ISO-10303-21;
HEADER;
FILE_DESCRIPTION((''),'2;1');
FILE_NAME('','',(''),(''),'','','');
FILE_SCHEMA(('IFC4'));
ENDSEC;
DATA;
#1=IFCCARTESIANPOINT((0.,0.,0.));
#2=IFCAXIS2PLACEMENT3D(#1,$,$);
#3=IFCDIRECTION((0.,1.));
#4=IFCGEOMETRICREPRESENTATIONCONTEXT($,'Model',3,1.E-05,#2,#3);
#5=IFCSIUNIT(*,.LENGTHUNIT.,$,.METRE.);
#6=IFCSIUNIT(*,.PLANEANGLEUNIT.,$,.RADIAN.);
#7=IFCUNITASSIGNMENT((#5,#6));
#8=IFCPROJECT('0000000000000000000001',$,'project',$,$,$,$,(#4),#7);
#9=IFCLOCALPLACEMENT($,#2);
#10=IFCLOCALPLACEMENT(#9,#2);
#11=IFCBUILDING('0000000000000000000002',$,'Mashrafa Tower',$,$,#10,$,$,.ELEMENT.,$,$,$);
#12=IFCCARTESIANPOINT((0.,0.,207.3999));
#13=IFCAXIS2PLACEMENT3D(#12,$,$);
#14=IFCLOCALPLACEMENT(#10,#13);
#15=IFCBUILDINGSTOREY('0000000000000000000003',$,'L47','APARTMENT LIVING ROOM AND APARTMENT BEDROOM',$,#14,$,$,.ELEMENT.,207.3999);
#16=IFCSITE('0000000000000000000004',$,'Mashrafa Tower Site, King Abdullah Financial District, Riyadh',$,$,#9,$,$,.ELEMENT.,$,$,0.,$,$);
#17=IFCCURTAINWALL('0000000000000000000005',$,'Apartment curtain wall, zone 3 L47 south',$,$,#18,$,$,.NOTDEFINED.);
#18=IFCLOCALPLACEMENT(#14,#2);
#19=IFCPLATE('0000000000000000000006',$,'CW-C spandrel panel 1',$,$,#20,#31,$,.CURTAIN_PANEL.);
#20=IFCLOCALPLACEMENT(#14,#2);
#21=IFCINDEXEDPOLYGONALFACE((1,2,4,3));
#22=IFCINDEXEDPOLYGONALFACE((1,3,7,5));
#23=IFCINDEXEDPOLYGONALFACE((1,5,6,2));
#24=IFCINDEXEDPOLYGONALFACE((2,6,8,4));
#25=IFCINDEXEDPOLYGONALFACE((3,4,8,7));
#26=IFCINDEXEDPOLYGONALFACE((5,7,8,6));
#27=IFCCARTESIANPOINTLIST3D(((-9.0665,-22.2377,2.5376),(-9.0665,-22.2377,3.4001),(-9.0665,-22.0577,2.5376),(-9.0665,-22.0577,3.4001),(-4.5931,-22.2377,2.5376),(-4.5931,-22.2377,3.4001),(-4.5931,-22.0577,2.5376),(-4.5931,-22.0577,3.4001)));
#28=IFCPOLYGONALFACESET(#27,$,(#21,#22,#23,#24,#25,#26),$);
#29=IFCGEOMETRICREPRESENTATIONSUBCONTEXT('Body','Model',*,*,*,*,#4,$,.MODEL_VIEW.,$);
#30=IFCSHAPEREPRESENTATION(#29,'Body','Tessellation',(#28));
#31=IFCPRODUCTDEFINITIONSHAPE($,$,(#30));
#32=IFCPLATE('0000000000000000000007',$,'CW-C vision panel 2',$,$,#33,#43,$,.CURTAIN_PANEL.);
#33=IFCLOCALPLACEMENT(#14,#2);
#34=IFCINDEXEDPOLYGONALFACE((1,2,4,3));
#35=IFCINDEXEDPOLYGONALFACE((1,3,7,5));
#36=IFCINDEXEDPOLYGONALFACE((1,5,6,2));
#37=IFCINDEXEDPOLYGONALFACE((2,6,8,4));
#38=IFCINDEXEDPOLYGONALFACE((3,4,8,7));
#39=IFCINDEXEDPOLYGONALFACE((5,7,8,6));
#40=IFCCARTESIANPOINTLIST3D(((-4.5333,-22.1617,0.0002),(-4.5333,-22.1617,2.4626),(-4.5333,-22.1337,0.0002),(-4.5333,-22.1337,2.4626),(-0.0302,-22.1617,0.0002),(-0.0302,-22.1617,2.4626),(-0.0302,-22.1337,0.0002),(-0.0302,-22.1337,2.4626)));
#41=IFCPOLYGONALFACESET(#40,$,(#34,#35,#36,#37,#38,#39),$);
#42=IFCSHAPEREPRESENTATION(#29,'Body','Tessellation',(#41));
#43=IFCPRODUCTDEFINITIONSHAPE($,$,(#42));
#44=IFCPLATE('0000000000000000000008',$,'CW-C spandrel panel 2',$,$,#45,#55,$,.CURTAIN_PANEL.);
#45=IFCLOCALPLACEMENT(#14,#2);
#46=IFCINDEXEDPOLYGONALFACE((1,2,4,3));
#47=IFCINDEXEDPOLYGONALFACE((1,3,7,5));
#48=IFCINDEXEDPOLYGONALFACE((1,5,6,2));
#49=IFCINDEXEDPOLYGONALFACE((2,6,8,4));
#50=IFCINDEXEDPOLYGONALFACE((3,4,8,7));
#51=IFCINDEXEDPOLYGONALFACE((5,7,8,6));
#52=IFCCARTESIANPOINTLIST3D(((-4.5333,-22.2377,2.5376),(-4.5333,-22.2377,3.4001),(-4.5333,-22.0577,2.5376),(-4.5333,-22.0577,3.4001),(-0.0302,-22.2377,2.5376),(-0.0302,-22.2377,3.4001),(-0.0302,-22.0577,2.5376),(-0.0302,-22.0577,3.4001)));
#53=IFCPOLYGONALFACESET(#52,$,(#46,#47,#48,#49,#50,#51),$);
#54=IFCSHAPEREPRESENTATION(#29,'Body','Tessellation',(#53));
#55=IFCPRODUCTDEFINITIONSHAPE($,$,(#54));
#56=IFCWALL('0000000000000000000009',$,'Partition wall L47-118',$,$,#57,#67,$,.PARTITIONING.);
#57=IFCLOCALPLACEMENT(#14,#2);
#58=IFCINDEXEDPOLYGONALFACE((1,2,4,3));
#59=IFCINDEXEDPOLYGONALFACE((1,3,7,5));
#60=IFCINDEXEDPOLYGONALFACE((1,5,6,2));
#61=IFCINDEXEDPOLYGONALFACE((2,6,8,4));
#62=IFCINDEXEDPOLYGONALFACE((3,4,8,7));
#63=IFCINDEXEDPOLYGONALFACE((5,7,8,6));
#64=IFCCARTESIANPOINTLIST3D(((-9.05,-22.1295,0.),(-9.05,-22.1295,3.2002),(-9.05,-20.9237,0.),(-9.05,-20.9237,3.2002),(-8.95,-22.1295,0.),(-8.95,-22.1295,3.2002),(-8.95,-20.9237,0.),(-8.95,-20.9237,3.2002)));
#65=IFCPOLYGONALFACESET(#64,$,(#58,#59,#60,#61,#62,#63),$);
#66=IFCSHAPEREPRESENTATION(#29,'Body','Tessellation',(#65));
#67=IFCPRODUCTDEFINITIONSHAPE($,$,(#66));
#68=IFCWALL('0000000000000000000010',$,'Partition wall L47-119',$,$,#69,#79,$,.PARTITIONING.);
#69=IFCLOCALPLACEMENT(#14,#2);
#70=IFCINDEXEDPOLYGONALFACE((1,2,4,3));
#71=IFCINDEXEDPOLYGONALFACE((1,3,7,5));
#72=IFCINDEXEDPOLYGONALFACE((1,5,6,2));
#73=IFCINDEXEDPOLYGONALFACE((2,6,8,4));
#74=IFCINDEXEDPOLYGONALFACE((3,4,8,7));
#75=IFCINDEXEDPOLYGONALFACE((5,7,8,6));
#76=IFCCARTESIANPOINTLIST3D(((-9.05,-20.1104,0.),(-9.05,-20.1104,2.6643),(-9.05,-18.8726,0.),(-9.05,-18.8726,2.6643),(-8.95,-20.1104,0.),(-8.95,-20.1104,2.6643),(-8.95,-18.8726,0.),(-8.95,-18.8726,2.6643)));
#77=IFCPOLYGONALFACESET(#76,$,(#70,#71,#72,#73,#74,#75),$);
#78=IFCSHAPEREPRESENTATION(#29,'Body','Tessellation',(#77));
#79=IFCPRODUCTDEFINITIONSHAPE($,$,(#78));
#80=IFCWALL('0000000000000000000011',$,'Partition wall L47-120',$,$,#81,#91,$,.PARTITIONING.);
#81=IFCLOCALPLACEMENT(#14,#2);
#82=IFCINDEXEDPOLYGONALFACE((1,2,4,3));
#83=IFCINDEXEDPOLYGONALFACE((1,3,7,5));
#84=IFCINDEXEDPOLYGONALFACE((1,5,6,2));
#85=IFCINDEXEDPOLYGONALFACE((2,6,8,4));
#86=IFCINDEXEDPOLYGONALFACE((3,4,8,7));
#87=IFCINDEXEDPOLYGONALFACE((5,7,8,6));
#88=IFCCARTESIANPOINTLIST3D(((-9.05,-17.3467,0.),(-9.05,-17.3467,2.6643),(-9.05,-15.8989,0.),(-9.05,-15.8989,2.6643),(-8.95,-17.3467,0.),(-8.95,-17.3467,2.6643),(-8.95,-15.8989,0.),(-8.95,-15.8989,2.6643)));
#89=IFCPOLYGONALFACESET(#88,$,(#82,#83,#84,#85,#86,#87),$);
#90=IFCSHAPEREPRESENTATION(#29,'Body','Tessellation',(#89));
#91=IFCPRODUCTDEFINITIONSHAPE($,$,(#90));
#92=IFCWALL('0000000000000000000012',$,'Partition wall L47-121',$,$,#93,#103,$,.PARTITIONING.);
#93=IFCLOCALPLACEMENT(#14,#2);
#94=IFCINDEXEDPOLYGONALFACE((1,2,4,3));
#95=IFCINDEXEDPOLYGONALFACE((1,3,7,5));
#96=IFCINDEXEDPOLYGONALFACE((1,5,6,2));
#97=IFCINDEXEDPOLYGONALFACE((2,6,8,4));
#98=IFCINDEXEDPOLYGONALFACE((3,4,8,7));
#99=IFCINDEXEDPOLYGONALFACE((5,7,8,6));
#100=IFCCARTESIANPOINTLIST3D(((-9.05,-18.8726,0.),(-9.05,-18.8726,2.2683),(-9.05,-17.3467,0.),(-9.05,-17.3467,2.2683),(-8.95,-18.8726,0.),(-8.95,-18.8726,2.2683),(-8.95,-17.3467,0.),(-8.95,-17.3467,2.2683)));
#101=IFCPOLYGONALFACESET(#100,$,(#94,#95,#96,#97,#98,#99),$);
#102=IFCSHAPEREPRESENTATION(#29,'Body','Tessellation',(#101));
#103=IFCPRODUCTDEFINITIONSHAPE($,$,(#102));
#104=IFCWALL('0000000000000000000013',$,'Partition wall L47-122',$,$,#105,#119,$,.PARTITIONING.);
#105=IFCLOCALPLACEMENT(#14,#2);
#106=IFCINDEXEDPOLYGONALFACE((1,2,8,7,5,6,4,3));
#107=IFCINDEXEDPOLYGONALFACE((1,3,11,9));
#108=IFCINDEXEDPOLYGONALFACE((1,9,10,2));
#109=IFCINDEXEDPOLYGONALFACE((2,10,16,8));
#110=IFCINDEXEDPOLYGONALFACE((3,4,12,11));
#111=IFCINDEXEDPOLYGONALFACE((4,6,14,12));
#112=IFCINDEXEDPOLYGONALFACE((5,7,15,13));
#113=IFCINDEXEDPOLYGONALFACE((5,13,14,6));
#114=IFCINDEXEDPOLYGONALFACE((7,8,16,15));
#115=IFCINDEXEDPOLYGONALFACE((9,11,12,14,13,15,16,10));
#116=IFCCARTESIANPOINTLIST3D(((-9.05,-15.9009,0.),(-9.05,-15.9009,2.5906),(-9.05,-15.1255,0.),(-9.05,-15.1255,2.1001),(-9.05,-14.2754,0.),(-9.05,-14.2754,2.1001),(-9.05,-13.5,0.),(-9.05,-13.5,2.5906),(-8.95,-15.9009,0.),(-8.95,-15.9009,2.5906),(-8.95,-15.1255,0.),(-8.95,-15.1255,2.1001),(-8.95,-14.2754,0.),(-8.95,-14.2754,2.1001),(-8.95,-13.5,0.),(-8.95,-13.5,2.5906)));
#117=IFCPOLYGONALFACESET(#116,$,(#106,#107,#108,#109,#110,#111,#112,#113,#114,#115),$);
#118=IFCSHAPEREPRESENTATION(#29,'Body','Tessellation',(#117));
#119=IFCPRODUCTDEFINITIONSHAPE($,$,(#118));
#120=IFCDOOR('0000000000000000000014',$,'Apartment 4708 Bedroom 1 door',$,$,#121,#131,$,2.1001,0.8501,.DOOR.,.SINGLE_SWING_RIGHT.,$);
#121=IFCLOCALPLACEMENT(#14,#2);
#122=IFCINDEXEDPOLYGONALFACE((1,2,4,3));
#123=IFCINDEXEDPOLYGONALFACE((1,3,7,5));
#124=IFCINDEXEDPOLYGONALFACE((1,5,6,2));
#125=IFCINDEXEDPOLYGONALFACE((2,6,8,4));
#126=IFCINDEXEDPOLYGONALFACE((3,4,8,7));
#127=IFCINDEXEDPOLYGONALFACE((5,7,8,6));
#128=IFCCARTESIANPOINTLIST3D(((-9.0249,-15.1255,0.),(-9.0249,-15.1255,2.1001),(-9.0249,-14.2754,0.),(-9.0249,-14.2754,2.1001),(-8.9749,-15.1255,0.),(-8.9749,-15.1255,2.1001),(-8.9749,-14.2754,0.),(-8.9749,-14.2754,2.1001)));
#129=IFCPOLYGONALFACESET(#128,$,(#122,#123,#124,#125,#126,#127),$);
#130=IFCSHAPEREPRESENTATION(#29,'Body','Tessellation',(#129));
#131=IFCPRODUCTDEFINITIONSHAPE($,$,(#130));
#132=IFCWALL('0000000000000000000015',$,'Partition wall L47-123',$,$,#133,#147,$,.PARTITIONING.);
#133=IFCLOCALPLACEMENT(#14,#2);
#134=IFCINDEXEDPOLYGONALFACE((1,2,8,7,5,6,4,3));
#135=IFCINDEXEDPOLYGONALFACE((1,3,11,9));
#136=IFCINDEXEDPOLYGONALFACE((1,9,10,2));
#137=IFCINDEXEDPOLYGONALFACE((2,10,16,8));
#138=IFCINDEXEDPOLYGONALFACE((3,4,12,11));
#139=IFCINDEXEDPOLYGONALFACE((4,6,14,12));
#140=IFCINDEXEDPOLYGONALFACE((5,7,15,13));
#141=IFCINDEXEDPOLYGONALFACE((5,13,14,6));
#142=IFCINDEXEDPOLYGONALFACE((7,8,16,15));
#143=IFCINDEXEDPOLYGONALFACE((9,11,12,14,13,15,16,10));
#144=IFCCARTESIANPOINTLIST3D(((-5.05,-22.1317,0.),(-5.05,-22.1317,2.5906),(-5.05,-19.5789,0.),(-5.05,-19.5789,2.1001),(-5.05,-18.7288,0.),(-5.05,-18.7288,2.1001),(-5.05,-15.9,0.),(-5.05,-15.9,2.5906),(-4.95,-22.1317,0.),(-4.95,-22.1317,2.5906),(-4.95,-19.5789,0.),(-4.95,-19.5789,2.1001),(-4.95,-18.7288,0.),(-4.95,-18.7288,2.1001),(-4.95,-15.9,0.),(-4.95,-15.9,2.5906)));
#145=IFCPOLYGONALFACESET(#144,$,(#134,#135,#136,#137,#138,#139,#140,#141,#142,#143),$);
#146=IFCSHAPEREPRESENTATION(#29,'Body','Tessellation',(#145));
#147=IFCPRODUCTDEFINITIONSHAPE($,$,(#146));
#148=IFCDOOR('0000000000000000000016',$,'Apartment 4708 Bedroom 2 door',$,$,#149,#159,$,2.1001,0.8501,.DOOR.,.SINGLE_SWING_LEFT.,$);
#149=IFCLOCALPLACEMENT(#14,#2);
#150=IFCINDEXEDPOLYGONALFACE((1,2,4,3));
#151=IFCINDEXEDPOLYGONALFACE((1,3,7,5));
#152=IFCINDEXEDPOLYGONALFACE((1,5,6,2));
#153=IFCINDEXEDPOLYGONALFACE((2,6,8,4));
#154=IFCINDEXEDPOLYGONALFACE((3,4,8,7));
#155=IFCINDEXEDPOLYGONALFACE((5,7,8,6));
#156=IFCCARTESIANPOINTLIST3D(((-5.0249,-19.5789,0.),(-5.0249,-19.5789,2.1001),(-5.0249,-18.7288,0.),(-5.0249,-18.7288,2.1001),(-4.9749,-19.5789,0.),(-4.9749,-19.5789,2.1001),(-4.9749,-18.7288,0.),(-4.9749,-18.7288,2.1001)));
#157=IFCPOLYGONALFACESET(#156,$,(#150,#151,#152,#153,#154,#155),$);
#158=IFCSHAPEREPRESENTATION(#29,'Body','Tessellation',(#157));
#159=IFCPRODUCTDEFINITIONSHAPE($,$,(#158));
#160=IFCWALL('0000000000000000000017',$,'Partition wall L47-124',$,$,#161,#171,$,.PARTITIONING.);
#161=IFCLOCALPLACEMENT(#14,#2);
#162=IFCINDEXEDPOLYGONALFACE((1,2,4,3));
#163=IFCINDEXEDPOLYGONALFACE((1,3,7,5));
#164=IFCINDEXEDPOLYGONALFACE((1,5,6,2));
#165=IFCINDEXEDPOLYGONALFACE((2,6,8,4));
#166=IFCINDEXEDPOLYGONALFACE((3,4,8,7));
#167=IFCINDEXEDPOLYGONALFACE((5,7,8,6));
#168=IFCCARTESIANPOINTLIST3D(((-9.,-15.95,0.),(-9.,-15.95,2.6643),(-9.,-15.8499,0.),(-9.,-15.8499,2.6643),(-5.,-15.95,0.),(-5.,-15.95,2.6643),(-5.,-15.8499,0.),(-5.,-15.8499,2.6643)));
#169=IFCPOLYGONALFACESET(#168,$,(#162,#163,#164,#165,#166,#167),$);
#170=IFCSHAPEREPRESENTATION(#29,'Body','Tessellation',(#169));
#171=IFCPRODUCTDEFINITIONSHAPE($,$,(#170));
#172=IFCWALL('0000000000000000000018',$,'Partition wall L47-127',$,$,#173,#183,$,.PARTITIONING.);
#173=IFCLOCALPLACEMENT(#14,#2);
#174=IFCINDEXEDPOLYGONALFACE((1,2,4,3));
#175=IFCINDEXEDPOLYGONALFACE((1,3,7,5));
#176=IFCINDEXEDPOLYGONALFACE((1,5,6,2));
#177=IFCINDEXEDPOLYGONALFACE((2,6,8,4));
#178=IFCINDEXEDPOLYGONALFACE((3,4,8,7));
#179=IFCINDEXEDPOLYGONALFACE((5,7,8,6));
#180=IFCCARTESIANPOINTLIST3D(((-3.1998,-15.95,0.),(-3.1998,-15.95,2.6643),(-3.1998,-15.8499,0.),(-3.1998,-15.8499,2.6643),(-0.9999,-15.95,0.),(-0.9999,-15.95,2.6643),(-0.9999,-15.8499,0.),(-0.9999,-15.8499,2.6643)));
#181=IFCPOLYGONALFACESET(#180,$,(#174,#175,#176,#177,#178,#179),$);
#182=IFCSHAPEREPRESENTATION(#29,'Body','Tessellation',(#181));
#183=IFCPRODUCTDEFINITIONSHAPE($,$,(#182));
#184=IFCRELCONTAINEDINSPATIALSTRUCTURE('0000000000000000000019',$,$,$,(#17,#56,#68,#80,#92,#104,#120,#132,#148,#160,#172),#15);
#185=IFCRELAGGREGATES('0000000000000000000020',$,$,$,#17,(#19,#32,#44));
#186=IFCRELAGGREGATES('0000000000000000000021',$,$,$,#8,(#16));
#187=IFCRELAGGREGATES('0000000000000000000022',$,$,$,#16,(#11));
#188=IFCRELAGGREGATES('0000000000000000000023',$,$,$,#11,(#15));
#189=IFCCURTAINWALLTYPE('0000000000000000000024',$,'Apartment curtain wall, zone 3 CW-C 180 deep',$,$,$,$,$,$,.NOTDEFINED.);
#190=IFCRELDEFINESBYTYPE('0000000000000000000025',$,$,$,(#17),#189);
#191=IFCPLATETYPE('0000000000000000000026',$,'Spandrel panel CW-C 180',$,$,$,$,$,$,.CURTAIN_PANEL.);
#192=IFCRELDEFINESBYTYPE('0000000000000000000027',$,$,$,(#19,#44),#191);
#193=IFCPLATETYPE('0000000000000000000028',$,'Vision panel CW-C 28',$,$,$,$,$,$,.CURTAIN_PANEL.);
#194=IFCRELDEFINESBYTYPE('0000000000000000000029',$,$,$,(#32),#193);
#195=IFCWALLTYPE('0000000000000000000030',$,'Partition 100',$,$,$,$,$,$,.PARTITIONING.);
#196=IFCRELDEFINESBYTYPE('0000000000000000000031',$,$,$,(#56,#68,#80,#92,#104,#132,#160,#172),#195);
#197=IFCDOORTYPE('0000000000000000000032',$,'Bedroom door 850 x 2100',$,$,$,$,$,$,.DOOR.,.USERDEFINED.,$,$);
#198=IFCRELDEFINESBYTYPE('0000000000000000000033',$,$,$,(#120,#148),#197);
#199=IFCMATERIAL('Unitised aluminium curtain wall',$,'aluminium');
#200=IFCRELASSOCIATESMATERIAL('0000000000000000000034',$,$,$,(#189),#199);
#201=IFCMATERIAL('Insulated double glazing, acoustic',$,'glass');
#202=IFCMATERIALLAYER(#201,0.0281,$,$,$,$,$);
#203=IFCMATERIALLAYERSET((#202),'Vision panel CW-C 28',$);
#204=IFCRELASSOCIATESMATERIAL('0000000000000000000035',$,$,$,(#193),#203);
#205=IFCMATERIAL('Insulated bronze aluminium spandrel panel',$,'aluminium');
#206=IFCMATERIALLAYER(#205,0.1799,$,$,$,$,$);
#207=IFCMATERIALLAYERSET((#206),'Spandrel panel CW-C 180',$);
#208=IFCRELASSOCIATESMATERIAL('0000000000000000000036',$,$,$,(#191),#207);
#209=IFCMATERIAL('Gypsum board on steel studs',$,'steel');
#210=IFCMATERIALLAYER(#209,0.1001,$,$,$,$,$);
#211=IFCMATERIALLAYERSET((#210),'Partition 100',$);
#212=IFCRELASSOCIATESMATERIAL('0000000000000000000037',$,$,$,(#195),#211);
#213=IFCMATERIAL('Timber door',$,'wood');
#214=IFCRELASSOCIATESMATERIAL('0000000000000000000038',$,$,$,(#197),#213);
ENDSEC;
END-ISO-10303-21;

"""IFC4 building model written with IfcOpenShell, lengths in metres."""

from ifc_helpers import new_model, si_unit, direction, frame, frame_2d, origin, origin_2d, place, context, subcontext, project, spatial, rectangle, extrude, source, transform, mapped, material, layer, layer_set, type_object, type_shapes, element, fill, aggregate, save


model = new_model("IFC4")

# Units and contexts
model_context = context("Model", 3, precision=1e-05, world=origin(), true_north=direction((0.0, 1.0)))
body_context = subcontext(model_context, "Body", "Model", "MODEL_VIEW")
ifc_project = project(units=[si_unit("LENGTHUNIT", "METRE"), si_unit("PLANEANGLEUNIT", "RADIAN")], contexts=[model_context])

# Site, building, storey
site_placement = place(None, origin())
site = spatial("IfcSite", under=ifc_project, at=site_placement, Name="Mashrafa Tower Site, King Abdullah Financial District, Riyadh", CompositionType="ELEMENT", RefElevation=0.0)
building_placement = place(site_placement, origin())
building = spatial("IfcBuilding", under=site, at=building_placement, Name="Mashrafa Tower", CompositionType="ELEMENT")
storey_placement = place(building_placement, frame((0.0, 0.0, 207.3999)))
storey = spatial("IfcBuildingStorey", under=building, at=storey_placement, Name="L47", Description="APARTMENT LIVING ROOM AND APARTMENT BEDROOM", CompositionType="ELEMENT", Elevation=207.3999)

# Curtain wall
ifc_material_1 = material(Name="Unitised aluminium curtain wall", Category="aluminium")
curtain_wall_type = type_object("IfcCurtainWallType", Name="Apartment curtain wall, zone 3 CW-C 180 deep", PredefinedType="NOTDEFINED", material=ifc_material_1)
curtain_wall_1_placement = place(storey_placement, origin())
curtain_wall_1 = element("IfcCurtainWall", 1, at=curtain_wall_1_placement, inside=storey, type_object=curtain_wall_type, Name="Apartment curtain wall, zone 3 L47 south", PredefinedType="NOTDEFINED")

# Plates
ifc_material_2 = material(Name="Insulated double glazing, acoustic", Category="glass")
ifc_layer_1 = layer(ifc_material_2, 0.0281)
ifc_layer_set_1 = layer_set([ifc_layer_1], Name="Vision panel CW-C 28")
plate_type_1 = type_object("IfcPlateType", Name="Vision panel CW-C 28", PredefinedType="CURTAIN_PANEL", material=ifc_layer_set_1)
ifc_material_3 = material(Name="Insulated bronze aluminium spandrel panel", Category="aluminium")
ifc_layer_2 = layer(ifc_material_3, 0.1799)
ifc_layer_set_2 = layer_set([ifc_layer_2], Name="Spandrel panel CW-C 180")
plate_type_2 = type_object("IfcPlateType", Name="Spandrel panel CW-C 180", PredefinedType="CURTAIN_PANEL", material=ifc_layer_set_2)
shared_shape_1 = source(origin(), body_context, "Body", "SweptSolid", [
    extrude(rectangle(XDim=4.4734, YDim=0.1799, at=origin_2d()), origin(), (0.0, 0.0, 1.0), 0.8625),
])
plate_1_placement = place(storey_placement, frame((-6.8298, -22.1477, 2.5376), z_axis=(0.0, 0.0, 1.0), x_axis=(1.0, 0.0, 0.0)))
plate_1 = element("IfcPlate", 2, at=plate_1_placement, type_object=plate_type_2, Name="CW-C spandrel panel 1", PredefinedType="CURTAIN_PANEL", context=body_context, shape_type="MappedRepresentation", body=[
    mapped(shared_shape_1, transform((0.0, 0.0, 0.0))),
])
shared_shape_2 = source(origin(), body_context, "Body", "SweptSolid", [
    extrude(rectangle(XDim=4.5032, YDim=0.0281, at=origin_2d()), origin(), (0.0, 0.0, 1.0), 2.4624),
])
plate_2_placement = place(storey_placement, frame((-2.2817, -22.1477, 0.0002), z_axis=(0.0, 0.0, 1.0), x_axis=(1.0, 0.0, 0.0)))
plate_2 = element("IfcPlate", 3, at=plate_2_placement, type_object=plate_type_1, Name="CW-C vision panel 2", PredefinedType="CURTAIN_PANEL", context=body_context, shape_type="MappedRepresentation", body=[
    mapped(shared_shape_2, transform((0.0, 0.0, 0.0))),
])
shared_shape_3 = source(origin(), body_context, "Body", "SweptSolid", [
    extrude(rectangle(XDim=4.5032, YDim=0.1799, at=origin_2d()), origin(), (0.0, 0.0, 1.0), 0.8625),
])
type_shapes(plate_type_2, [shared_shape_1, shared_shape_3])
plate_3_placement = place(storey_placement, frame((-2.2817, -22.1477, 2.5376), z_axis=(0.0, 0.0, 1.0), x_axis=(1.0, 0.0, 0.0)))
plate_3 = element("IfcPlate", 4, at=plate_3_placement, type_object=plate_type_2, Name="CW-C spandrel panel 2", PredefinedType="CURTAIN_PANEL", context=body_context, shape_type="MappedRepresentation", body=[
    mapped(shared_shape_3, transform((0.0, 0.0, 0.0))),
])
aggregate(curtain_wall_1, [plate_1, plate_2, plate_3])

# Walls
ifc_material_4 = material(Name="Gypsum board on steel studs", Category="steel")
ifc_layer_3 = layer(ifc_material_4, 0.1001)
ifc_layer_set_3 = layer_set([ifc_layer_3], Name="Partition 100")
wall_type = type_object("IfcWallType", Name="Partition 100", PredefinedType="PARTITIONING", material=ifc_layer_set_3)
wall_1_placement = place(storey_placement, frame((-9.0, -22.1296, 0.0), z_axis=(0.0, 0.0, 1.0), x_axis=(0.0, 1.0, 0.0)))
element("IfcWall", 5, at=wall_1_placement, inside=storey, type_object=wall_type, Name="Partition wall L47-118", PredefinedType="PARTITIONING", context=body_context, shape_type="SweptSolid", body=[
    extrude(rectangle(XDim=1.2058, YDim=0.1001, at=frame_2d((0.603, 0.0))), origin(), (0.0, 0.0, 1.0), 3.2002),
])
wall_2_placement = place(storey_placement, frame((-9.0, -20.1104, 0.0), z_axis=(0.0, 0.0, 1.0), x_axis=(0.0, 1.0, 0.0)))
element("IfcWall", 6, at=wall_2_placement, inside=storey, type_object=wall_type, Name="Partition wall L47-119", PredefinedType="PARTITIONING", context=body_context, shape_type="SweptSolid", body=[
    extrude(rectangle(XDim=1.2378, YDim=0.1001, at=frame_2d((0.6189, 0.0))), origin(), (0.0, 0.0, 1.0), 2.6643),
])
wall_3_placement = place(storey_placement, frame((-9.0, -17.3467, 0.0), z_axis=(0.0, 0.0, 1.0), x_axis=(0.0, 1.0, 0.0)))
element("IfcWall", 7, at=wall_3_placement, inside=storey, type_object=wall_type, Name="Partition wall L47-120", PredefinedType="PARTITIONING", context=body_context, shape_type="SweptSolid", body=[
    extrude(rectangle(XDim=1.4478, YDim=0.1001, at=frame_2d((0.7239, 0.0))), origin(), (0.0, 0.0, 1.0), 2.6643),
])
wall_4_placement = place(storey_placement, frame((-9.0, -18.8726, 0.0), z_axis=(0.0, 0.0, 1.0), x_axis=(0.0, 1.0, 0.0)))
element("IfcWall", 8, at=wall_4_placement, inside=storey, type_object=wall_type, Name="Partition wall L47-121", PredefinedType="PARTITIONING", context=body_context, shape_type="SweptSolid", body=[
    extrude(rectangle(XDim=1.5259, YDim=0.1001, at=frame_2d((0.7629, 0.0))), origin(), (0.0, 0.0, 1.0), 2.2683),
])

# Walls, openings, doors
wall_5_placement = place(storey_placement, frame((-9.0, -15.9009, 0.0), z_axis=(0.0, 0.0, 1.0), x_axis=(0.0, 1.0, 0.0)))
wall_5 = element("IfcWall", 9, at=wall_5_placement, inside=storey, type_object=wall_type, Name="Partition wall L47-122", PredefinedType="PARTITIONING", context=body_context, shape_type="SweptSolid", body=[
    extrude(rectangle(XDim=2.4009, YDim=0.1001, at=frame_2d((1.2004, 0.0))), origin(), (0.0, 0.0, 1.0), 2.5906),
])
opening_1_placement = place(wall_5_placement, frame((0.7754, 0.0, 0.0)))
opening_1 = element("IfcOpeningElement", 10, at=opening_1_placement, cuts=wall_5, PredefinedType="OPENING", context=body_context, shape_type="SweptSolid", body=[
    extrude(rectangle(XDim=0.8501, YDim=2.1001, at=frame_2d((0.425, 1.05))), frame((0.0, 0.0601, 0.0), z_axis=(0.0, -1.0, 0.0), x_axis=(1.0, 0.0, 0.0)), (0.0, 0.0, 1.0), 0.1201),
])
ifc_material_5 = material(Name="Timber door", Category="wood")
door_type = type_object("IfcDoorType", Name="Bedroom door 850 x 2100", OperationType="USERDEFINED", PredefinedType="DOOR", material=ifc_material_5)
door_1_placement = place(opening_1_placement, origin())
door_1 = element("IfcDoor", 11, at=door_1_placement, inside=storey, type_object=door_type, Name="Apartment 4708 Bedroom 1 door", OperationType="SINGLE_SWING_RIGHT", OverallHeight=2.1001, OverallWidth=0.8501, PredefinedType="DOOR", context=body_context, shape_type="SweptSolid", body=[
    extrude(rectangle(XDim=0.8501, YDim=2.1001, at=frame_2d((0.425, 1.05))), frame((0.0, 0.0249, 0.0), z_axis=(0.0, -1.0, 0.0), x_axis=(1.0, 0.0, 0.0)), (0.0, 0.0, 1.0), 0.05),
])
fill(opening_1, door_1)
wall_6_placement = place(storey_placement, frame((-5.0, -22.1316, 0.0), z_axis=(0.0, 0.0, 1.0), x_axis=(0.0, 1.0, 0.0)))
wall_6 = element("IfcWall", 12, at=wall_6_placement, inside=storey, type_object=wall_type, Name="Partition wall L47-123", PredefinedType="PARTITIONING", context=body_context, shape_type="SweptSolid", body=[
    extrude(rectangle(XDim=6.2317, YDim=0.1001, at=frame_2d((3.1157, 0.0))), origin(), (0.0, 0.0, 1.0), 2.5906),
])
opening_2_placement = place(wall_6_placement, frame((2.5527, 0.0, 0.0)))
opening_2 = element("IfcOpeningElement", 13, at=opening_2_placement, cuts=wall_6, PredefinedType="OPENING", context=body_context, shape_type="SweptSolid", body=[
    extrude(rectangle(XDim=0.8501, YDim=2.1001, at=frame_2d((0.425, 1.05))), frame((0.0, 0.0601, 0.0), z_axis=(0.0, -1.0, 0.0), x_axis=(1.0, 0.0, 0.0)), (0.0, 0.0, 1.0), 0.1201),
])
door_2_placement = place(opening_2_placement, origin())
door_2 = element("IfcDoor", 14, at=door_2_placement, inside=storey, type_object=door_type, Name="Apartment 4708 Bedroom 2 door", OperationType="SINGLE_SWING_LEFT", OverallHeight=2.1001, OverallWidth=0.8501, PredefinedType="DOOR", context=body_context, shape_type="SweptSolid", body=[
    extrude(rectangle(XDim=0.8501, YDim=2.1001, at=frame_2d((0.425, 1.05))), frame((0.0, 0.0249, 0.0), z_axis=(0.0, -1.0, 0.0), x_axis=(1.0, 0.0, 0.0)), (0.0, 0.0, 1.0), 0.05),
])
fill(opening_2, door_2)

# Walls
wall_7_placement = place(storey_placement, frame((-5.0, -15.8999, 0.0), z_axis=(0.0, 0.0, 1.0), x_axis=(-1.0, 0.0, 0.0)))
element("IfcWall", 15, at=wall_7_placement, inside=storey, type_object=wall_type, Name="Partition wall L47-124", PredefinedType="PARTITIONING", context=body_context, shape_type="SweptSolid", body=[
    extrude(rectangle(XDim=4.0, YDim=0.1001, at=frame_2d((2.0, 0.0))), origin(), (0.0, 0.0, 1.0), 2.6643),
])
wall_8_placement = place(storey_placement, frame((-3.2, -15.8999, 0.0), z_axis=(0.0, 0.0, 1.0), x_axis=(1.0, 0.0, 0.0)))
element("IfcWall", 16, at=wall_8_placement, inside=storey, type_object=wall_type, Name="Partition wall L47-127", PredefinedType="PARTITIONING", context=body_context, shape_type="SweptSolid", body=[
    extrude(rectangle(XDim=2.2, YDim=0.1001, at=frame_2d((1.1001, 0.0))), origin(), (0.0, 0.0, 1.0), 2.6643),
])

save(model, "model.ifc")
